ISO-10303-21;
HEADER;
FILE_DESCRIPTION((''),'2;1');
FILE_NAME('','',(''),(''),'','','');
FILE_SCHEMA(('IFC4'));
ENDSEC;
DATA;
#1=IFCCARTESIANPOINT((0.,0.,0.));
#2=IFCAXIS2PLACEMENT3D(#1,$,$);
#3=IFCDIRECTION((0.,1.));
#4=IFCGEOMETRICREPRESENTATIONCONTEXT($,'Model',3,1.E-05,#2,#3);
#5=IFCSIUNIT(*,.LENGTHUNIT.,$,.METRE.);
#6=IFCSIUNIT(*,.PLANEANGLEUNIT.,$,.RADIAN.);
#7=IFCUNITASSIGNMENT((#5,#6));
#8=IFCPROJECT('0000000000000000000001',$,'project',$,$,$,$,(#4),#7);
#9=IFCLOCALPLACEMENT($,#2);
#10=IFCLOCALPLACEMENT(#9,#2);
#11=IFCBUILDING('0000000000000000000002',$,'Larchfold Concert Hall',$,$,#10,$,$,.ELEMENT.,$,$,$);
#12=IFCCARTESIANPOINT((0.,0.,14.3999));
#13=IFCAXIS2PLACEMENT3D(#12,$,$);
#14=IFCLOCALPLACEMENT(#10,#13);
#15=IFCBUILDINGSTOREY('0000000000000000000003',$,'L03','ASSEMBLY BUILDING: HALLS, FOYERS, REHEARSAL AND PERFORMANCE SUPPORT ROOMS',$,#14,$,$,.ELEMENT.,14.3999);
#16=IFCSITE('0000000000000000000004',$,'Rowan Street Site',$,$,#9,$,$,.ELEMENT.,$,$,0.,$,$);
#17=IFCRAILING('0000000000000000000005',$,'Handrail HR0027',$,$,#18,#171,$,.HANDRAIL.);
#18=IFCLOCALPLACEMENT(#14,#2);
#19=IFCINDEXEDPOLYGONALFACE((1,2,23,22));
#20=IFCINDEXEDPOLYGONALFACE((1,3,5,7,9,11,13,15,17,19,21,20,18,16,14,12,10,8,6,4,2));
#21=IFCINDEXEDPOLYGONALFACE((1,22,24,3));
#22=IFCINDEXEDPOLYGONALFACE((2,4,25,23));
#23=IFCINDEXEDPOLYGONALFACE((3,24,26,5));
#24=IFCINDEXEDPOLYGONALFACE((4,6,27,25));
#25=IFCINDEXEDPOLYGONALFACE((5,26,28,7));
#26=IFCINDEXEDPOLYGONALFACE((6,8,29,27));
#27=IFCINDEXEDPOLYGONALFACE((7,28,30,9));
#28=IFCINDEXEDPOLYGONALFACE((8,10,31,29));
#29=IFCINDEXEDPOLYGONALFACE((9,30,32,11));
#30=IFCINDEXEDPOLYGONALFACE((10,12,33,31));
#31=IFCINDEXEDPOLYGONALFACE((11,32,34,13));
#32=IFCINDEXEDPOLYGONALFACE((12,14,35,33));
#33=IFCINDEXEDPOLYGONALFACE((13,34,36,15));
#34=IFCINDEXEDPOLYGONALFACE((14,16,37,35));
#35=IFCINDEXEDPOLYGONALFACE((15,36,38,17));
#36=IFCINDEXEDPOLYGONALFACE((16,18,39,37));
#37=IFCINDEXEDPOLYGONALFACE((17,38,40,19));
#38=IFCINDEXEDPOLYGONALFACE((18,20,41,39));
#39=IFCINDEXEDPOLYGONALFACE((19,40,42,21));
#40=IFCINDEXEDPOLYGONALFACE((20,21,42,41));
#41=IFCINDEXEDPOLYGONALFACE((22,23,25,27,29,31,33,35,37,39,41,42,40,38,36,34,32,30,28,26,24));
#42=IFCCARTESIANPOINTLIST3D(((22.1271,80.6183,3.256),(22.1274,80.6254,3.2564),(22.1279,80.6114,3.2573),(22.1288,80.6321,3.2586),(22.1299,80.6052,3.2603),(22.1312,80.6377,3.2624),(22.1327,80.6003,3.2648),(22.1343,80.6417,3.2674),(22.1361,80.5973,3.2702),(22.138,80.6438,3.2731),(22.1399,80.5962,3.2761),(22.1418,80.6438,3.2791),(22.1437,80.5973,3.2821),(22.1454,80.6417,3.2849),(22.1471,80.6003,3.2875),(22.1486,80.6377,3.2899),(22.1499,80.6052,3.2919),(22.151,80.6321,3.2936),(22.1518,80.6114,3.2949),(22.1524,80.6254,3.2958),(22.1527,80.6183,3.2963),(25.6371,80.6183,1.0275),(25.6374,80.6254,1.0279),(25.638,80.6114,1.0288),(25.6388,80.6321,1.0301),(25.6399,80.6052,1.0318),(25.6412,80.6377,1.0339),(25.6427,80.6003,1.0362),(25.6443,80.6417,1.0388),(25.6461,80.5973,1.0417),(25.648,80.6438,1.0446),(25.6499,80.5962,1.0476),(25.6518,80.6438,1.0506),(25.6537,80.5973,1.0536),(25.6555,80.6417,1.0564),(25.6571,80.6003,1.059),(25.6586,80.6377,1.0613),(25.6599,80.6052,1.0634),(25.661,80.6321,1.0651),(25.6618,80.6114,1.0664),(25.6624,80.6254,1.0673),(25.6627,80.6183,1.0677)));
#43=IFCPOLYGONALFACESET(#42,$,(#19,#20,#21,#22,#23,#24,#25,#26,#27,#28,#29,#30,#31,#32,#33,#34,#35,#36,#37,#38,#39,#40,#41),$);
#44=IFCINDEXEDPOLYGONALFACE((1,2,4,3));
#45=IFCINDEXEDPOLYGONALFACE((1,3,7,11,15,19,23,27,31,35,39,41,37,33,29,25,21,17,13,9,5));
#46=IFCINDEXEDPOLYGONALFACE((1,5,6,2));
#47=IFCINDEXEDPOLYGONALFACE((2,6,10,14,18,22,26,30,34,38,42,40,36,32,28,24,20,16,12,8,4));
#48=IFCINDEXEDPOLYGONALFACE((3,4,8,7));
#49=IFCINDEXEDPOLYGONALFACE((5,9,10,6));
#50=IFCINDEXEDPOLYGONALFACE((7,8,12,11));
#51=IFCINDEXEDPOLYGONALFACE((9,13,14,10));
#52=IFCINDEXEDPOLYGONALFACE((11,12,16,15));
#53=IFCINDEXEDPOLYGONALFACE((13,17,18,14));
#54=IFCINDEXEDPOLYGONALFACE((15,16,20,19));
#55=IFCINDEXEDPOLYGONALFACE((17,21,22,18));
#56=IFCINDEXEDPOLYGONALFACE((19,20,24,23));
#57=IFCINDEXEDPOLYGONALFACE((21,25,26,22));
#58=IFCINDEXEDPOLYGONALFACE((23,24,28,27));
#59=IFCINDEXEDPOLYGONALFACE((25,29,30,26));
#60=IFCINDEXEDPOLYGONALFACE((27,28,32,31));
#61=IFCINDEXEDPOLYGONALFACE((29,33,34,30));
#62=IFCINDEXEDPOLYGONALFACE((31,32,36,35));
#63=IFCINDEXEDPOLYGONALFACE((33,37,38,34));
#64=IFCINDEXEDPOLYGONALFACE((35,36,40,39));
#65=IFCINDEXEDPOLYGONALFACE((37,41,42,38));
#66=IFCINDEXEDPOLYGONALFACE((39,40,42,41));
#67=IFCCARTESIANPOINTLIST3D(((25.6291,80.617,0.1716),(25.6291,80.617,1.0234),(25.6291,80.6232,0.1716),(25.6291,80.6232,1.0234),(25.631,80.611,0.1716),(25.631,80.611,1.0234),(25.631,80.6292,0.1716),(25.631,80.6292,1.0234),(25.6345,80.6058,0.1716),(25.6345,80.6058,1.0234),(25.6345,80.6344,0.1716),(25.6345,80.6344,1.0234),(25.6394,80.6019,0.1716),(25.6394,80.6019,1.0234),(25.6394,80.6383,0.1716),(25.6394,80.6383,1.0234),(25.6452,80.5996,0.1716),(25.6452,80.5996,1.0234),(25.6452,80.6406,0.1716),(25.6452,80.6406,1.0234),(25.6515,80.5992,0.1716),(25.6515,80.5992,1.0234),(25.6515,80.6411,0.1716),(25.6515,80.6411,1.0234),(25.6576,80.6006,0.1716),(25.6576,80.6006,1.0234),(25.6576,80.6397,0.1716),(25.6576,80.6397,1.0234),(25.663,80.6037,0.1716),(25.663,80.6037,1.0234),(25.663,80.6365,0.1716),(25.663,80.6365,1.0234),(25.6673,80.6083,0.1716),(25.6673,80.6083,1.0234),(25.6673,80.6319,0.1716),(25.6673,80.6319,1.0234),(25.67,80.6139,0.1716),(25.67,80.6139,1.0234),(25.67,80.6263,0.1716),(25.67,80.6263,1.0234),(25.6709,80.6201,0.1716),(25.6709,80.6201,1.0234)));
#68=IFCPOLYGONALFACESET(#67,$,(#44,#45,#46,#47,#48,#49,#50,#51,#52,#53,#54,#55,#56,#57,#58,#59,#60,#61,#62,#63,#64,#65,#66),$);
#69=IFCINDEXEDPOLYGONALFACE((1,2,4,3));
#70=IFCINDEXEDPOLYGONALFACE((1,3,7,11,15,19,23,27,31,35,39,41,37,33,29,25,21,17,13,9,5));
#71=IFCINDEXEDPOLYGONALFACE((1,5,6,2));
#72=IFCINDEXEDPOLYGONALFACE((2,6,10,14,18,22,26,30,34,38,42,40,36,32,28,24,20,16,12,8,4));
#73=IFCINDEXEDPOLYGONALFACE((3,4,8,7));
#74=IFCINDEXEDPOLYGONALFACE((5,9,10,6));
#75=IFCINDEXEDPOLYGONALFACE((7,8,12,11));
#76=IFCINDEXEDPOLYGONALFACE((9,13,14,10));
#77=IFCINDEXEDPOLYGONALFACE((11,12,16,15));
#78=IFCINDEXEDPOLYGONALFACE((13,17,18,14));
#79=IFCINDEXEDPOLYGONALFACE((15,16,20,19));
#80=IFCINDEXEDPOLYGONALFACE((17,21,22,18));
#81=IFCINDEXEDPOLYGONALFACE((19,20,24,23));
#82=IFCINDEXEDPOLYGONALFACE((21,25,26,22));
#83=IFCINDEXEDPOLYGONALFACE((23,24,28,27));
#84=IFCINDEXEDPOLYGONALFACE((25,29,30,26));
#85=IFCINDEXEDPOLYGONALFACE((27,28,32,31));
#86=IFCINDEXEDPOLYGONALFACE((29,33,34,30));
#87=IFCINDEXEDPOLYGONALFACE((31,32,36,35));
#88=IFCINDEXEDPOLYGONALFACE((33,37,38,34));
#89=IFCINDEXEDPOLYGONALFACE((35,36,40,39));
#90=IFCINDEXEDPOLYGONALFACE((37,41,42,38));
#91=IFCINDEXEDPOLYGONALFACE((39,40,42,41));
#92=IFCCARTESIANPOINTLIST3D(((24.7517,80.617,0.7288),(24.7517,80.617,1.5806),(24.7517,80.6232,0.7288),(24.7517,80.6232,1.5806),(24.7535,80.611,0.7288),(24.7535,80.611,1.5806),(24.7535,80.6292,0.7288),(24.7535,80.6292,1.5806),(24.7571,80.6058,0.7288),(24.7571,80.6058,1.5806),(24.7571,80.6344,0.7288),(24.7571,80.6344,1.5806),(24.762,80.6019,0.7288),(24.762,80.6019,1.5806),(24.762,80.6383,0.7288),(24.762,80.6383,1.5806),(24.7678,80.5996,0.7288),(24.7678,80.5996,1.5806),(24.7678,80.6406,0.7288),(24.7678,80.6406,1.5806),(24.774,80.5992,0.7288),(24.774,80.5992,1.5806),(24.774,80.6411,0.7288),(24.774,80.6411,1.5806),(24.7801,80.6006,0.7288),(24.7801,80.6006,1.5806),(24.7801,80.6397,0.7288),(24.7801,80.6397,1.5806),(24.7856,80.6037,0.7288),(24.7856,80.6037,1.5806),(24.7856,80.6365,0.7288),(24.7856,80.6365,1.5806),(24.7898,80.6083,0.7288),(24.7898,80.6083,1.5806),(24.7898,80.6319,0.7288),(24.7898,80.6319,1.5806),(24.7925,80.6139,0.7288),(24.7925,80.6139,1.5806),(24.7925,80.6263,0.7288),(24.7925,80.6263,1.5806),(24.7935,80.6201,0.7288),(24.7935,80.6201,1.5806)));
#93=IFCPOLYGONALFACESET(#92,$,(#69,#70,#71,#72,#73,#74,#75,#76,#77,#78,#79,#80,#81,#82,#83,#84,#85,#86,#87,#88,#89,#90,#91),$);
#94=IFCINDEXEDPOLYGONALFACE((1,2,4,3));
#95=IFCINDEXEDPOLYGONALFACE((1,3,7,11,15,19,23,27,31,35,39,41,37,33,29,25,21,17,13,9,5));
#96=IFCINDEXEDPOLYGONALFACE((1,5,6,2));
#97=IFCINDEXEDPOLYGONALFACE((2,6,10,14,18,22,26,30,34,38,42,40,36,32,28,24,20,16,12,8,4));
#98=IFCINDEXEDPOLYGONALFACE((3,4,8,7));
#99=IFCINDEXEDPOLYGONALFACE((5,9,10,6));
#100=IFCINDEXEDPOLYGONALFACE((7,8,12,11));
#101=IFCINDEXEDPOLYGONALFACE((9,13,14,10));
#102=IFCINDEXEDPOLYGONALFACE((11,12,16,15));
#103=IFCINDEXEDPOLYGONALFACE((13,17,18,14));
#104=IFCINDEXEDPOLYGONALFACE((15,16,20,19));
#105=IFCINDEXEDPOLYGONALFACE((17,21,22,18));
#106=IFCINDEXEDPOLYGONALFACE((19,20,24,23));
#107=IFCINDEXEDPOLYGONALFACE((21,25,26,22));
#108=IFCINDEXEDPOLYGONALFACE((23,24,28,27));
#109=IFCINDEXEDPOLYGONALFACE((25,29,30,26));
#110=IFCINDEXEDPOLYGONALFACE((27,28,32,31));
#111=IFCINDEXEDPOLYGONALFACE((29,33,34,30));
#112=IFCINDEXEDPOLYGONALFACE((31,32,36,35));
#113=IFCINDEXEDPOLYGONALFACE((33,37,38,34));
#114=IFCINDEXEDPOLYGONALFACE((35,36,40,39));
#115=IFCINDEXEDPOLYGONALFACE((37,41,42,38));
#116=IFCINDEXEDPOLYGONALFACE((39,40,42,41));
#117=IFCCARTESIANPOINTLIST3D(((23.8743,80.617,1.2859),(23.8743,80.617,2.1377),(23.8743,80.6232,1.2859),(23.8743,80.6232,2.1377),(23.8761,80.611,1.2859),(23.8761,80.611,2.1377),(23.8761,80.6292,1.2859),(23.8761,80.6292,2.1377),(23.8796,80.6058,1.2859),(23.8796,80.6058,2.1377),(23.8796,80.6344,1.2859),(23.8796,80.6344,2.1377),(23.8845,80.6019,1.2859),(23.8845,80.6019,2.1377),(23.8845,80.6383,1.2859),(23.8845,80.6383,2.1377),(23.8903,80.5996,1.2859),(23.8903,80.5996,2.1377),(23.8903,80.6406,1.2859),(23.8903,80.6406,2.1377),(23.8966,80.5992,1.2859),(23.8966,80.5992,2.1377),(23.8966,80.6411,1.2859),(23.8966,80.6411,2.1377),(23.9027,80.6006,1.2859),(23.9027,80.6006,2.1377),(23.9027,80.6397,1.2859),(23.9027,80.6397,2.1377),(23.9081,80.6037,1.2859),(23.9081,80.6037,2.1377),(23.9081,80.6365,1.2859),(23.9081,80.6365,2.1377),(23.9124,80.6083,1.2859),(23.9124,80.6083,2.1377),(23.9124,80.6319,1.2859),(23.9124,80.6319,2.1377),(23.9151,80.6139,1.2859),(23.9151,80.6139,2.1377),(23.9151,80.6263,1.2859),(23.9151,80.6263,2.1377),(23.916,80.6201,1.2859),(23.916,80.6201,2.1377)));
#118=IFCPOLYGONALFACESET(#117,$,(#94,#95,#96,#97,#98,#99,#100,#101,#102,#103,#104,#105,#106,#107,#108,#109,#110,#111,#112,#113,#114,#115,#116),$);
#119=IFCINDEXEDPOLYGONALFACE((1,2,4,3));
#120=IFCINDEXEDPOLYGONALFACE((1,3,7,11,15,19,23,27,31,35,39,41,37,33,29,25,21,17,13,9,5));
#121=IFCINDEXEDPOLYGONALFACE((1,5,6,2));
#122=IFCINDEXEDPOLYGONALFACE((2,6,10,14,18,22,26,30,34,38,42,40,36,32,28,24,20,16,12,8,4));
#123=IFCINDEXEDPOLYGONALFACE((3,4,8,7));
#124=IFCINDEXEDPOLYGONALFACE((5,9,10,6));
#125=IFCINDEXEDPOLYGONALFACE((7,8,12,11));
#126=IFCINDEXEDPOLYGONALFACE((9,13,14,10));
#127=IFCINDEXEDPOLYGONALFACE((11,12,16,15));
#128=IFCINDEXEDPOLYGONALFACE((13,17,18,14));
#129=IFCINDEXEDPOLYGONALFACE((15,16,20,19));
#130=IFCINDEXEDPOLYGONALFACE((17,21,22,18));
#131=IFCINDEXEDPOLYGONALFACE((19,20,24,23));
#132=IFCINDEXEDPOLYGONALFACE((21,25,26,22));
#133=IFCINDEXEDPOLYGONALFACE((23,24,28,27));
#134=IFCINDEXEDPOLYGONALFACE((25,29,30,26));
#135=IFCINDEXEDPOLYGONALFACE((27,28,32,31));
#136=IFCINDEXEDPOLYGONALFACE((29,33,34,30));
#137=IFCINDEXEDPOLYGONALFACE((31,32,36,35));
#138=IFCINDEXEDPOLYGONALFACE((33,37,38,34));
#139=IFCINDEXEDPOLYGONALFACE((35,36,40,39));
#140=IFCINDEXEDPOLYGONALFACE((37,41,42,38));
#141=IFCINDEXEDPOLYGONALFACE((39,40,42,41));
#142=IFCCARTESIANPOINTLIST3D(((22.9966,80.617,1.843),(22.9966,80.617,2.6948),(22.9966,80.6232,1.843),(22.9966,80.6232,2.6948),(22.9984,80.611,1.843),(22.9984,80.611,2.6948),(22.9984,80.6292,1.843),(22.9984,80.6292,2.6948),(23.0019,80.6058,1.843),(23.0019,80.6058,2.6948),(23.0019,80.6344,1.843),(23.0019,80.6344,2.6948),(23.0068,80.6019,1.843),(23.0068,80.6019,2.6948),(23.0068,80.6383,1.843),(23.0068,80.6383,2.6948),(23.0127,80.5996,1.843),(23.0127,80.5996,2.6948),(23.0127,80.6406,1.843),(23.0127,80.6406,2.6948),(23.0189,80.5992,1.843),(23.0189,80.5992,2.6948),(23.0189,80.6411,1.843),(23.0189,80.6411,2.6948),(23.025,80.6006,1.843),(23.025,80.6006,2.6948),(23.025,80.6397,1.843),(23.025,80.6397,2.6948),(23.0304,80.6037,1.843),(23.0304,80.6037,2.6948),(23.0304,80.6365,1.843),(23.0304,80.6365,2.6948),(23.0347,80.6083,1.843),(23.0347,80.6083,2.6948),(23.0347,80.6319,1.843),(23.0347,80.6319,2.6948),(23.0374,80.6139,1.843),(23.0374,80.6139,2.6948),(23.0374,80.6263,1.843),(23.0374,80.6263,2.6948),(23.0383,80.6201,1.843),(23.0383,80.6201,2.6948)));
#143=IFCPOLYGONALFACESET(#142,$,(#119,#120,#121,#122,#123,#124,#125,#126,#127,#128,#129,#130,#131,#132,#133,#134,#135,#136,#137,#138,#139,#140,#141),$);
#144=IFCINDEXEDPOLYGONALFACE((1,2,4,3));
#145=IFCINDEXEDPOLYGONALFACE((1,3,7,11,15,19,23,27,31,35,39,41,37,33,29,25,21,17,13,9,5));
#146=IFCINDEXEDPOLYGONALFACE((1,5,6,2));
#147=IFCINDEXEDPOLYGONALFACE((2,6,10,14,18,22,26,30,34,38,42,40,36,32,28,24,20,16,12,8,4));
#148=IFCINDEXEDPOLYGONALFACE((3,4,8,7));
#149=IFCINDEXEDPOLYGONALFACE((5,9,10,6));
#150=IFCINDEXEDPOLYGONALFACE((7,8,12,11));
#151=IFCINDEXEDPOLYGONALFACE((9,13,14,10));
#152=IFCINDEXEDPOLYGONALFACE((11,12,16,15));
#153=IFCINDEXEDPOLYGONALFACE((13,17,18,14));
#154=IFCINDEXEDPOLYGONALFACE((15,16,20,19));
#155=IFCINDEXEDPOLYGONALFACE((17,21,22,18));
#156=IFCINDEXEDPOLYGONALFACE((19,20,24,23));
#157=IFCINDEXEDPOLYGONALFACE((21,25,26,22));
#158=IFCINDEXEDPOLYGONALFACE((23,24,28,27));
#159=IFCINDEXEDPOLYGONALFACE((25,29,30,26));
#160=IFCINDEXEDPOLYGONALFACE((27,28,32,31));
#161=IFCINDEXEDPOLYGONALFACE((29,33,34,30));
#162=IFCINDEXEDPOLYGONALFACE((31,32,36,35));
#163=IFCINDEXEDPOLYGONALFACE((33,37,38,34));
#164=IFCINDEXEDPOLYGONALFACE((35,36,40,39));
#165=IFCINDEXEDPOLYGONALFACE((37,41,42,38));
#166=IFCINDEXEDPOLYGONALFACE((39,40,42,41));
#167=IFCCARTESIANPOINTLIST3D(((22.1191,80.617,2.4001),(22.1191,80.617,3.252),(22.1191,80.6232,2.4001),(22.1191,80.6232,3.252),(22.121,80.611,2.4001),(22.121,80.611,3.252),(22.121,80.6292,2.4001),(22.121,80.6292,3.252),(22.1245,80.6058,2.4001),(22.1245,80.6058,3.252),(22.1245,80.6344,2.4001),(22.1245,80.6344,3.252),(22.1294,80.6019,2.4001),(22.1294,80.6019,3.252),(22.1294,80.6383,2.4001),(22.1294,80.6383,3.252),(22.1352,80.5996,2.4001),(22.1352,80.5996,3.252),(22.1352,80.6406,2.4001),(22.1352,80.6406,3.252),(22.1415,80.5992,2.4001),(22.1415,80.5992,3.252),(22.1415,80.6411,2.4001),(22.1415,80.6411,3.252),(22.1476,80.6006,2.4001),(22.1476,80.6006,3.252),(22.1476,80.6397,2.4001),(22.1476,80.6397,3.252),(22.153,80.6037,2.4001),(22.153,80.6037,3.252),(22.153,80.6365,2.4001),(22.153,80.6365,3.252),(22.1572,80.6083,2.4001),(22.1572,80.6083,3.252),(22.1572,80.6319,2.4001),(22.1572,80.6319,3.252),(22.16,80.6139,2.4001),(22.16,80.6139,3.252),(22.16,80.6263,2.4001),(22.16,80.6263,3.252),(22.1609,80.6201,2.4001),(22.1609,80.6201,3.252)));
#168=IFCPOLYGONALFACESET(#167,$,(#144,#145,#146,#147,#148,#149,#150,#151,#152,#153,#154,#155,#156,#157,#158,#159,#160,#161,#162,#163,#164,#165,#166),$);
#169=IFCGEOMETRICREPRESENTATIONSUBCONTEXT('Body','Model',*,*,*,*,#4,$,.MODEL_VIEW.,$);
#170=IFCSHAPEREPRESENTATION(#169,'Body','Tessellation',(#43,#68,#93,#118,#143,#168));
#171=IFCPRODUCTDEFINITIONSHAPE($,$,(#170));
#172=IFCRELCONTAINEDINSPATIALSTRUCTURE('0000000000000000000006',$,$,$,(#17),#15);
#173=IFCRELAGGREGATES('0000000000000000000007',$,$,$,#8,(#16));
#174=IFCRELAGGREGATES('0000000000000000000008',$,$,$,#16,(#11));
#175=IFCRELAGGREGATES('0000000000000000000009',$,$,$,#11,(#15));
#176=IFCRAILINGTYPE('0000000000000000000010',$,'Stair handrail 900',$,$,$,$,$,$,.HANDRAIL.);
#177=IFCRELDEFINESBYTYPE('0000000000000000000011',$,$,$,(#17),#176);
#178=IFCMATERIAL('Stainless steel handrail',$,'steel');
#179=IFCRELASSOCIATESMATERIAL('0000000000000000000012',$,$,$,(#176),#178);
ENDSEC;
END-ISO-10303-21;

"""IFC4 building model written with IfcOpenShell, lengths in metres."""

from ifc_helpers import new_model, si_unit, direction, frame, origin, origin_2d, place, context, subcontext, project, spatial, circle, extrude, material, type_object, element, save


model = new_model("IFC4")

# Units and contexts
model_context = context("Model", 3, precision=1e-05, world=origin(), true_north=direction((0.0, 1.0)))
body_context = subcontext(model_context, "Body", "Model", "MODEL_VIEW")
ifc_project = project(units=[si_unit("LENGTHUNIT", "METRE"), si_unit("PLANEANGLEUNIT", "RADIAN")], contexts=[model_context])

# Site, building, storey
site_placement = place(None, origin())
site = spatial("IfcSite", under=ifc_project, at=site_placement, Name="Rowan Street Site", CompositionType="ELEMENT", RefElevation=0.0)
building_placement = place(site_placement, origin())
building = spatial("IfcBuilding", under=site, at=building_placement, Name="Larchfold Concert Hall", CompositionType="ELEMENT")
storey_placement = place(building_placement, frame((0.0, 0.0, 14.3999)))
storey = spatial("IfcBuildingStorey", under=building, at=storey_placement, Name="L03", Description="ASSEMBLY BUILDING: HALLS, FOYERS, REHEARSAL AND PERFORMANCE SUPPORT ROOMS", CompositionType="ELEMENT", Elevation=14.3999)

# Railing
ifc_material_1 = material(Name="Stainless steel handrail", Category="steel")
railing_type_1 = type_object("IfcRailingType", Name="Stair handrail 900", PredefinedType="HANDRAIL", material=ifc_material_1)
for number, where, name in (
    (1, (25.6499, 80.6201, 0.1716), "Handrail HR0027"),
):
    element("IfcRailing", number, at=place(storey_placement, frame(where)), inside=storey, type_object=railing_type_1, Name=name, PredefinedType="HANDRAIL", context=body_context, shape_type="SweptSolid", body=[
        extrude(circle(Radius=0.0239, at=origin_2d()), frame((0.0, 0.0, 0.876), z_axis=(-0.84422, 0.0, 0.535998), x_axis=(0.0, -1.0, 0.0)), (0.0, 0.0, 1.0), 4.1577),
        extrude(circle(Radius=0.021, at=origin_2d()), origin(), (0.0, 0.0, 1.0), 0.8518),
        extrude(circle(Radius=0.021, at=origin_2d()), frame((-0.8774, 0.0, 0.5571)), (0.0, 0.0, 1.0), 0.8518),
        extrude(circle(Radius=0.021, at=origin_2d()), frame((-1.7549, 0.0, 1.1143)), (0.0, 0.0, 1.0), 0.8518),
        extrude(circle(Radius=0.021, at=origin_2d()), frame((-2.6326, 0.0, 1.6714)), (0.0, 0.0, 1.0), 0.8518),
        extrude(circle(Radius=0.021, at=origin_2d()), frame((-3.51, 0.0, 2.2285)), (0.0, 0.0, 1.0), 0.8518),
    ])

save(model, "model.ifc")
